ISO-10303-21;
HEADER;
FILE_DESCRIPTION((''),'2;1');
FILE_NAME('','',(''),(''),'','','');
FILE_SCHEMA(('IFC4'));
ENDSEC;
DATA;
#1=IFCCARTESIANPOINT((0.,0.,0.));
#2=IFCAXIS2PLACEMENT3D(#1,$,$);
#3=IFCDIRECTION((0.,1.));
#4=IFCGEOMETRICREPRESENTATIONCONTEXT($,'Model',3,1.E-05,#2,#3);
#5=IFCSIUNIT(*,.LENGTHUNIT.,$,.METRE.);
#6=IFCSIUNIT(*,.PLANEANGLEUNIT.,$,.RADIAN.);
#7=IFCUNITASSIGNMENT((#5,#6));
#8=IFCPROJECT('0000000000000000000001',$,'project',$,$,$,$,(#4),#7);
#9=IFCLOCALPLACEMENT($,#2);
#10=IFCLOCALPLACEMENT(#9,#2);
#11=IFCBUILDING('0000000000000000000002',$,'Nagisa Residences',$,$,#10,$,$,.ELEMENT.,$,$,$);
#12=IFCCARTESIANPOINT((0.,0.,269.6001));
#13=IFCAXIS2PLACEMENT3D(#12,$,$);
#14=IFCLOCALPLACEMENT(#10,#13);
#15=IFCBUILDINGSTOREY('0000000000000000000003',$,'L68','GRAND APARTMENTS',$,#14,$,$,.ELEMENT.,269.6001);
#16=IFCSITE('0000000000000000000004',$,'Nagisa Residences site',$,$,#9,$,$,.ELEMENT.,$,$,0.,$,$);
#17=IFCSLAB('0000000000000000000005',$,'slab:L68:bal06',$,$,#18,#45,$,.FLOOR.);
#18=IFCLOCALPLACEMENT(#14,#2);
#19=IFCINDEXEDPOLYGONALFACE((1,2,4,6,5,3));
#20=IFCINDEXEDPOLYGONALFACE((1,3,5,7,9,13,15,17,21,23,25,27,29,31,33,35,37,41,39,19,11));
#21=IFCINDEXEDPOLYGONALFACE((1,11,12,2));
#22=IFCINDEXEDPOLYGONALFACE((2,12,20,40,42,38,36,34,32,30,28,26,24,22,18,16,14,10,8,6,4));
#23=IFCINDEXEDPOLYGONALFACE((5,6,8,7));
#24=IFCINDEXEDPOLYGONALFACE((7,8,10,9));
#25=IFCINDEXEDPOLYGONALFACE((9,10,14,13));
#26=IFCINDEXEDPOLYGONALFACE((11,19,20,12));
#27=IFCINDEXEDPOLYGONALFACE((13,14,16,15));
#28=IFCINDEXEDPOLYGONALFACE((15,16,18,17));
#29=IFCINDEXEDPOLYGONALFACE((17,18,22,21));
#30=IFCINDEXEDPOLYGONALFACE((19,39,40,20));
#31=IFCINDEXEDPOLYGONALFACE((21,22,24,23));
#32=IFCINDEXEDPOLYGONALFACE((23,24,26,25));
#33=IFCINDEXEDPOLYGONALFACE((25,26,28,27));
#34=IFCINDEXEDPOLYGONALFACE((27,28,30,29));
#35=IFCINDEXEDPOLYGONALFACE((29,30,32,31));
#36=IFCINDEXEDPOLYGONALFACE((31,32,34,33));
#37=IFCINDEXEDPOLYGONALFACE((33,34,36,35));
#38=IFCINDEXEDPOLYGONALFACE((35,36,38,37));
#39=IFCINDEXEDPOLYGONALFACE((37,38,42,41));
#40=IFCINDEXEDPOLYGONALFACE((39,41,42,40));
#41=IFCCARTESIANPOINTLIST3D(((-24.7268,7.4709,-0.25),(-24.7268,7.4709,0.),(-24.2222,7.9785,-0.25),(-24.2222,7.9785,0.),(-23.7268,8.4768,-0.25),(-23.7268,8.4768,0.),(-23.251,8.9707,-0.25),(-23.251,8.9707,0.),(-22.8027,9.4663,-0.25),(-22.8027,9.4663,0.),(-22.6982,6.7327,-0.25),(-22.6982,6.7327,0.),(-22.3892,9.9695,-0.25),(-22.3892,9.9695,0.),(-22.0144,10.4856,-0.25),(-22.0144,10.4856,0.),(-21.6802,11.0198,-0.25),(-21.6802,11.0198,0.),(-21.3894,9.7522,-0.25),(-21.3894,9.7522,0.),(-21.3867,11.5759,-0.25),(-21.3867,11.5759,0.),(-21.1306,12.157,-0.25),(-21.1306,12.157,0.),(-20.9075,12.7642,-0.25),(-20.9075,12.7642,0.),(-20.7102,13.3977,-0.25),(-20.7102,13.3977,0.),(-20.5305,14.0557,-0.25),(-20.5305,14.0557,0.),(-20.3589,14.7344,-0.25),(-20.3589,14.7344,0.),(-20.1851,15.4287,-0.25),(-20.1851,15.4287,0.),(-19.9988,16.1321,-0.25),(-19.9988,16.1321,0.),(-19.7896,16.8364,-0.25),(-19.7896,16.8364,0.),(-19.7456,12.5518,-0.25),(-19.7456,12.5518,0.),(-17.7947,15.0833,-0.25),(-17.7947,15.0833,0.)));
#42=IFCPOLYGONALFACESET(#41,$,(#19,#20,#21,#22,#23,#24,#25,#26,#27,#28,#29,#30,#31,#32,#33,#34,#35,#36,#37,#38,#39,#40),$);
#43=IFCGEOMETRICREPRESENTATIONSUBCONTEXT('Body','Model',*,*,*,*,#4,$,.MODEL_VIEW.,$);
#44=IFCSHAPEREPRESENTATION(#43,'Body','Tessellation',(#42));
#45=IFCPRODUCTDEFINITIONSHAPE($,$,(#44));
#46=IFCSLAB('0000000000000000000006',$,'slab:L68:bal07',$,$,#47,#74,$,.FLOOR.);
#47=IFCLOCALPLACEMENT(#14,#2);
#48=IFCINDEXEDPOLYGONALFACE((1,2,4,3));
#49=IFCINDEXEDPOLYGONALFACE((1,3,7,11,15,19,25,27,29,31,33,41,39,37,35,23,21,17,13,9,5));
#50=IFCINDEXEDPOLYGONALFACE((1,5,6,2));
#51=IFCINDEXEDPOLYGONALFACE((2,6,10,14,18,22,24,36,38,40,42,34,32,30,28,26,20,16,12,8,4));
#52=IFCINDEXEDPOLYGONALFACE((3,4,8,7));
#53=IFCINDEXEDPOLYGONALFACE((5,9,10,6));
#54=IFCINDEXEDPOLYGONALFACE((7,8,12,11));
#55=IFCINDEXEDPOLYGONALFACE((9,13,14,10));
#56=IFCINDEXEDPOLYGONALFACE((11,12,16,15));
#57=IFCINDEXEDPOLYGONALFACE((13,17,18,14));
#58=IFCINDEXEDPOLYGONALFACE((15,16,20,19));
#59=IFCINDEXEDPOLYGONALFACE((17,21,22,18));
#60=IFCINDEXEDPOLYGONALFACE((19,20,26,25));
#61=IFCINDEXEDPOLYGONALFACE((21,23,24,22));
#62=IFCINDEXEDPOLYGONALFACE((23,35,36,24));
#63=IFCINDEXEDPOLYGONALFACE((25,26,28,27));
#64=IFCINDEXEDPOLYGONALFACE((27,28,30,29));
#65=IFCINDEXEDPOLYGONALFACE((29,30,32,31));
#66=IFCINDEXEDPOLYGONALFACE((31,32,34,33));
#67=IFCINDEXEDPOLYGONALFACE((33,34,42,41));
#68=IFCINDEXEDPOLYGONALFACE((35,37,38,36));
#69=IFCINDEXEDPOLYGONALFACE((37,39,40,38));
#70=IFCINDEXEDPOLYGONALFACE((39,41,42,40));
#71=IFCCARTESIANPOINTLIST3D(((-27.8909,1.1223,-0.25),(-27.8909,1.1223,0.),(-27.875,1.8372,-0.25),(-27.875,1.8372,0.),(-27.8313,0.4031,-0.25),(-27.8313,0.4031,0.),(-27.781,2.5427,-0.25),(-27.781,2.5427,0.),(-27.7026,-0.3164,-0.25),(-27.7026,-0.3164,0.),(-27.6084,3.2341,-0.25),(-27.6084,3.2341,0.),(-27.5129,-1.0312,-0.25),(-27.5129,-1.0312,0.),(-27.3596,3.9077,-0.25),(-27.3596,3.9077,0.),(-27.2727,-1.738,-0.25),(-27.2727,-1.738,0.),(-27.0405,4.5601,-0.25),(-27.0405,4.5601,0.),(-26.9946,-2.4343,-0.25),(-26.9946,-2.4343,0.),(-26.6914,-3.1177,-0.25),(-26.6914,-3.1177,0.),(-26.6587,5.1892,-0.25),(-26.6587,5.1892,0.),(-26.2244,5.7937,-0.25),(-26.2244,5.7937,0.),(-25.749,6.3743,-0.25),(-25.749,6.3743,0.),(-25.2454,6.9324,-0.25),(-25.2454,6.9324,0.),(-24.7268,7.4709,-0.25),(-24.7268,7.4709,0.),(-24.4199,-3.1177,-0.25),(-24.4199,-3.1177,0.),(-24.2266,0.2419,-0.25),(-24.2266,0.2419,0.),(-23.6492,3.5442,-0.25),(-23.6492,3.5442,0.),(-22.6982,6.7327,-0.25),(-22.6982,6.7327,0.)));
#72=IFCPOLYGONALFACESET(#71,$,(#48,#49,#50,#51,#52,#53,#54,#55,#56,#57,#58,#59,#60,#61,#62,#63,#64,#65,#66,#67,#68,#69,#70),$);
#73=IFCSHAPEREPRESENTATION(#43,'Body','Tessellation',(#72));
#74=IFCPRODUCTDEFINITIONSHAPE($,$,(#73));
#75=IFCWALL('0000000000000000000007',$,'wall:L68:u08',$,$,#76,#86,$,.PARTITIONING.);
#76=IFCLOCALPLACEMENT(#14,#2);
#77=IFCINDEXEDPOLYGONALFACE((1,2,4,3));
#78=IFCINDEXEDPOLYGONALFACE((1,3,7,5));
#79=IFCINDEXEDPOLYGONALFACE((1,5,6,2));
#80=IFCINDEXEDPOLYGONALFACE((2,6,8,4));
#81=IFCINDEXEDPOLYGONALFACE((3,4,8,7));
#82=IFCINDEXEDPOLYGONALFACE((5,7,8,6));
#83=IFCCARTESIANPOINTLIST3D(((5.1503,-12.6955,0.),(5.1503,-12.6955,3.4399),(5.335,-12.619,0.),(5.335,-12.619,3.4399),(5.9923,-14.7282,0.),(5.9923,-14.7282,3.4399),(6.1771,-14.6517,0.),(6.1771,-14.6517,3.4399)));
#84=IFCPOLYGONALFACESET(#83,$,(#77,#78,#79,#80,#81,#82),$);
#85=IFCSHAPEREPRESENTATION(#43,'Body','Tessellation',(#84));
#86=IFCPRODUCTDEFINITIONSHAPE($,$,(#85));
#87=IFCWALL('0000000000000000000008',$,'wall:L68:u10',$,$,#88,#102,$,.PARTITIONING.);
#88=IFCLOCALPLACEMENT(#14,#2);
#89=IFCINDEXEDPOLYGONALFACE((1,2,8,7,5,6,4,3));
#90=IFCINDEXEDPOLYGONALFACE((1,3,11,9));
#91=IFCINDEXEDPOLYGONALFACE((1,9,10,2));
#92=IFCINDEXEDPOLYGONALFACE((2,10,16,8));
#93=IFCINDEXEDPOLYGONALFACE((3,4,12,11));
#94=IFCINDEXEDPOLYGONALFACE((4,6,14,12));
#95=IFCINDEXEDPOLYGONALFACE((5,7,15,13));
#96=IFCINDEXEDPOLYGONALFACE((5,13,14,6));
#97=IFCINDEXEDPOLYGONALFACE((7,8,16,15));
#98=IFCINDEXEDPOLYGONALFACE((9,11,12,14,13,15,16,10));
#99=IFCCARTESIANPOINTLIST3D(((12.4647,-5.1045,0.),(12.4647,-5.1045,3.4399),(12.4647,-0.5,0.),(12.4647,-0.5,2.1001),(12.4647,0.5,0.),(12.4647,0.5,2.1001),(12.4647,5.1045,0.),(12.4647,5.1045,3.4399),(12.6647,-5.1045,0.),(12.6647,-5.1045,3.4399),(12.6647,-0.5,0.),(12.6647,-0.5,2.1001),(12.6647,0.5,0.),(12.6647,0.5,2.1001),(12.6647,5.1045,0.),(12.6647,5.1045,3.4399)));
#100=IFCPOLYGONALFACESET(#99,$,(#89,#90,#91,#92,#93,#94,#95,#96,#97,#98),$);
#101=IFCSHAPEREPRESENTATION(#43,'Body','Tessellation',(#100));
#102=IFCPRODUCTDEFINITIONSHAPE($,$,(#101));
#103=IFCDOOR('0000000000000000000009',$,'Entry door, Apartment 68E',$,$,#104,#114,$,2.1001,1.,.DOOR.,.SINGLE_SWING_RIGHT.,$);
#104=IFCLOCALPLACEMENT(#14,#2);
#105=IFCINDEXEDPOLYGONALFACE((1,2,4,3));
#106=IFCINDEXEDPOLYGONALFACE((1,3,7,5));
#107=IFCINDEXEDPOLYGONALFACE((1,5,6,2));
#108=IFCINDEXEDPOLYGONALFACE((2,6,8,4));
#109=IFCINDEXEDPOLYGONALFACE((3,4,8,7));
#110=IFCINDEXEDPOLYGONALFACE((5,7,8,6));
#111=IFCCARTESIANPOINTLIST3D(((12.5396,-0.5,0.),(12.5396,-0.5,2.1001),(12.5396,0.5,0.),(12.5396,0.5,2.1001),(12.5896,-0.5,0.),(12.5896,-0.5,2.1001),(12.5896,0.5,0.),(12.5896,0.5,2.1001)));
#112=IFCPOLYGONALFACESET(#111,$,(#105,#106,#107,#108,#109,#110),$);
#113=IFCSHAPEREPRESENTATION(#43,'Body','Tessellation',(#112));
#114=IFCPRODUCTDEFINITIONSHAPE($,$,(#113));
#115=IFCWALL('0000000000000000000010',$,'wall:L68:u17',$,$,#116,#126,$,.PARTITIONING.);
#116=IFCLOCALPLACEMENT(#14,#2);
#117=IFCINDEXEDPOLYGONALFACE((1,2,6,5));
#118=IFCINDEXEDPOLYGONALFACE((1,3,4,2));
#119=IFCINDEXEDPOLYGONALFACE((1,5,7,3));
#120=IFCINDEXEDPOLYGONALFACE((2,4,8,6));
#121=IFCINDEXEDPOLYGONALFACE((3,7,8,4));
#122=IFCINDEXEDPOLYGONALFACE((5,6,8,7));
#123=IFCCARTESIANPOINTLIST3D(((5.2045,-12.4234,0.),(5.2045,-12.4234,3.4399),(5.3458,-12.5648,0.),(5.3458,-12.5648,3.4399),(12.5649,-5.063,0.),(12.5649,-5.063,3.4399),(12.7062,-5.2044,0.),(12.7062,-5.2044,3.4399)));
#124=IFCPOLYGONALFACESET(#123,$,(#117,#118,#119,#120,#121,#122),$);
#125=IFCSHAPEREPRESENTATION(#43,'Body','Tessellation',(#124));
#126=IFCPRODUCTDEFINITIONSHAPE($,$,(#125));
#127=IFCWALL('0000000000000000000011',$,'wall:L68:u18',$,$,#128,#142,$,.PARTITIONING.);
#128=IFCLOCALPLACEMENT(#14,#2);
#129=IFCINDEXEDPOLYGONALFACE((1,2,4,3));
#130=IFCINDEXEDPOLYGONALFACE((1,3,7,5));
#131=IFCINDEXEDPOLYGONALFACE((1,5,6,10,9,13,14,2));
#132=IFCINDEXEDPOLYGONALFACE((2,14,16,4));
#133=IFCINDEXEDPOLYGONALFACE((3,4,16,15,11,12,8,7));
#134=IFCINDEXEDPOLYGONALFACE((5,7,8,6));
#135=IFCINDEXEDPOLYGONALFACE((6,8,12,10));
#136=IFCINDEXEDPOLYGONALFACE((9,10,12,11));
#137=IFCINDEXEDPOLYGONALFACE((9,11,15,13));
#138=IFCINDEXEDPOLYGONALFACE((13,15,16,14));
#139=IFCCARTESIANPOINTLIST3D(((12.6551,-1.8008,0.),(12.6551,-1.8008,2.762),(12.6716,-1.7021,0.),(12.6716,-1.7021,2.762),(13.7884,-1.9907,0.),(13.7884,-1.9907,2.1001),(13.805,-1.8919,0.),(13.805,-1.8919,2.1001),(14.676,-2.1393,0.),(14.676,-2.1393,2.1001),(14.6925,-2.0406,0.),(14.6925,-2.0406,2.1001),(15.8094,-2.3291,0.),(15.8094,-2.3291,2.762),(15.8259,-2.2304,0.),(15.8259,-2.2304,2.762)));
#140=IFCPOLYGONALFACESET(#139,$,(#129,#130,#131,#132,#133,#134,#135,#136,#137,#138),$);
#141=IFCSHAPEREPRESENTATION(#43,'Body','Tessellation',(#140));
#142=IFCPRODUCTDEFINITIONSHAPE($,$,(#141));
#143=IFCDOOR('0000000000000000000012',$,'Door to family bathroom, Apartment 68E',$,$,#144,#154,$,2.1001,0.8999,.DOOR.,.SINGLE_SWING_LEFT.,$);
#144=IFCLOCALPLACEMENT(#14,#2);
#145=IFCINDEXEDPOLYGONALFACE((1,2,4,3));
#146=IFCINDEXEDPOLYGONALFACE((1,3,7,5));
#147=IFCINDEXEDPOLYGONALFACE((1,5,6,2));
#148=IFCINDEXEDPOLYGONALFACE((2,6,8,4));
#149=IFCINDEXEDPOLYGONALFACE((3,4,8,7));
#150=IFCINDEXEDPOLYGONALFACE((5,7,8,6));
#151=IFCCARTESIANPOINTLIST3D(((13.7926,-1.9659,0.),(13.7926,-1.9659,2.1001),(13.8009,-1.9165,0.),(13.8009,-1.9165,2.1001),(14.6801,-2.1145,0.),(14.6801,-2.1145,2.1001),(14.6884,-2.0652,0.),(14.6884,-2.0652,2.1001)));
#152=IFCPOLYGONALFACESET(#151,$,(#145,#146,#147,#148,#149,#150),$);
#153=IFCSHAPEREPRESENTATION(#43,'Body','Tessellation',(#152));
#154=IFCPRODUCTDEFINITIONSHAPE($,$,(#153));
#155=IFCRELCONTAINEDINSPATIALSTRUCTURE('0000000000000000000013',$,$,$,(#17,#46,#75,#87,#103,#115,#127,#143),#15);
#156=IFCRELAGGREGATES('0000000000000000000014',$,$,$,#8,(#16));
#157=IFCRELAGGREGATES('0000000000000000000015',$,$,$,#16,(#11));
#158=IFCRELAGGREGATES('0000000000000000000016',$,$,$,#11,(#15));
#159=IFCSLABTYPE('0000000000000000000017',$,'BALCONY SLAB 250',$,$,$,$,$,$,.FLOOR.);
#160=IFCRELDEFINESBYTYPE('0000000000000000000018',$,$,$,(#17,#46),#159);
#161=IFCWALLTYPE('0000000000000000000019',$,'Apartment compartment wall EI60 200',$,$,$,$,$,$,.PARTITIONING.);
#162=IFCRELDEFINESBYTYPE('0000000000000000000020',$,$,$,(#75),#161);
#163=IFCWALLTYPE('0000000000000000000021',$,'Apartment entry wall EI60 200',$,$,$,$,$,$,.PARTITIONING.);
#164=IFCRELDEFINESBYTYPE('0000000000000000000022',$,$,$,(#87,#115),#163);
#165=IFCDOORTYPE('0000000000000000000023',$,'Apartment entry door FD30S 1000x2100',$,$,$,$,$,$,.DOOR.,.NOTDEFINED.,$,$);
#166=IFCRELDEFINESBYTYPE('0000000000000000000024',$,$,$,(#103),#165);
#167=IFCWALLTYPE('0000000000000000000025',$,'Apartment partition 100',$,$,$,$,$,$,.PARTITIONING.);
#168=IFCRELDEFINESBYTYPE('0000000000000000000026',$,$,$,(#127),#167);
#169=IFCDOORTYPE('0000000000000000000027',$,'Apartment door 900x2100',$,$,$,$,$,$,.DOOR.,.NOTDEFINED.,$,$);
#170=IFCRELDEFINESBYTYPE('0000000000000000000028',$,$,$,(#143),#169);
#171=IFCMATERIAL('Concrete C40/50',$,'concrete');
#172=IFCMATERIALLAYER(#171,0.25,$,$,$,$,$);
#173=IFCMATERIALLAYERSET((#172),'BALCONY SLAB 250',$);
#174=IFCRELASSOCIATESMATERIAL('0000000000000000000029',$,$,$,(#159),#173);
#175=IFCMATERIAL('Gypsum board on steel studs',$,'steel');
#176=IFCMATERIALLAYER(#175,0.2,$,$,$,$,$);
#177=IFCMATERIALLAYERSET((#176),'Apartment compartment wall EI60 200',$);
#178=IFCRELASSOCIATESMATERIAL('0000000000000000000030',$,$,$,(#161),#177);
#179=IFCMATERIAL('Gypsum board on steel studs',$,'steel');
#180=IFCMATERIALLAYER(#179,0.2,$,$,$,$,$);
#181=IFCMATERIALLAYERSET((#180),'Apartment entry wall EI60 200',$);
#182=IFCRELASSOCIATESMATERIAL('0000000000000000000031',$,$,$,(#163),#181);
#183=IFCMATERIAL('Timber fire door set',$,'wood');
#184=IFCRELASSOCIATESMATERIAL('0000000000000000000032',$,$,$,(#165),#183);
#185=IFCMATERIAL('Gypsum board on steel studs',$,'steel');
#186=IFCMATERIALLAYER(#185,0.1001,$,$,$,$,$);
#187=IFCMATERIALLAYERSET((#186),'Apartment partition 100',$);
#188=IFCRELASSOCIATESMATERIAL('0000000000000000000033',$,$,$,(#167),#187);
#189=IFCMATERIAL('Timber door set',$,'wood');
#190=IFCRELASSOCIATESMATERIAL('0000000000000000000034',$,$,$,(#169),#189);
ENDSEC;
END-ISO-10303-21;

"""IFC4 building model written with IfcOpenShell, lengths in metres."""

from ifc_helpers import new_model, si_unit, direction, frame, frame_2d, origin, place, context, subcontext, project, spatial, polyline, rectangle, outline, extrude, material, layer, layer_set, type_object, element, fill, save


model = new_model("IFC4")

# Units and contexts
model_context = context("Model", 3, precision=1e-05, world=origin(), true_north=direction((0.0, 1.0)))
body_context = subcontext(model_context, "Body", "Model", "MODEL_VIEW")
ifc_project = project(units=[si_unit("LENGTHUNIT", "METRE"), si_unit("PLANEANGLEUNIT", "RADIAN")], contexts=[model_context])

# Site, building, storey
site_placement = place(None, origin())
site = spatial("IfcSite", under=ifc_project, at=site_placement, Name="Nagisa Residences site", CompositionType="ELEMENT", RefElevation=0.0)
building_placement = place(site_placement, origin())
building = spatial("IfcBuilding", under=site, at=building_placement, Name="Nagisa Residences", CompositionType="ELEMENT")
storey_placement = place(building_placement, frame((0.0, 0.0, 269.6001)))
storey = spatial("IfcBuildingStorey", under=building, at=storey_placement, Name="L68", Description="GRAND APARTMENTS", CompositionType="ELEMENT", Elevation=269.6001)

# Slabs
ifc_material_1 = material(Name="Concrete C40/50", Category="concrete")
ifc_layer_1 = layer(ifc_material_1, 0.25)
ifc_layer_set_1 = layer_set([ifc_layer_1], Name="BALCONY SLAB 250")
slab_type = type_object("IfcSlabType", Name="BALCONY SLAB 250", PredefinedType="FLOOR", material=ifc_layer_set_1)
slab_1_placement = place(storey_placement, frame((0.0, 0.0, -0.25)))
element("IfcSlab", 1, at=slab_1_placement, inside=storey, type_object=slab_type, Name="slab:L68:bal06", PredefinedType="FLOOR", context=body_context, shape_type="SweptSolid", body=[
    extrude(outline(polyline([(-19.7896, 16.8364), (-19.9988, 16.1321), (-20.1851, 15.4287), (-20.3589, 14.7344), (-20.5305, 14.0557), (-20.7102, 13.3977), (-20.9075, 12.7642), (-21.1306, 12.157), (-21.3867, 11.5759), (-21.6802, 11.0198), (-22.0144, 10.4856), (-22.3892, 9.9695), (-22.8027, 9.4663), (-23.251, 8.9707), (-23.7268, 8.4768), (-24.2222, 7.9785), (-24.7268, 7.4709), (-22.6982, 6.7327), (-21.3894, 9.7522), (-19.7456, 12.5518), (-17.7947, 15.0833), (-19.7896, 16.8364)])), origin(), (0.0, 0.0, 1.0), 0.25),
])
slab_2_placement = place(storey_placement, frame((0.0, 0.0, -0.25)))
element("IfcSlab", 2, at=slab_2_placement, inside=storey, type_object=slab_type, Name="slab:L68:bal07", PredefinedType="FLOOR", context=body_context, shape_type="SweptSolid", body=[
    extrude(outline(polyline([(-24.7268, 7.4709), (-25.2454, 6.9324), (-25.749, 6.3743), (-26.2244, 5.7937), (-26.6587, 5.1892), (-27.0405, 4.5601), (-27.3596, 3.9077), (-27.6084, 3.2341), (-27.781, 2.5427), (-27.875, 1.8372), (-27.8909, 1.1223), (-27.8313, 0.4031), (-27.7026, -0.3164), (-27.5129, -1.0312), (-27.2727, -1.738), (-26.9946, -2.4343), (-26.6914, -3.1177), (-24.4199, -3.1177), (-24.2266, 0.2419), (-23.6492, 3.5442), (-22.6982, 6.7327), (-24.7268, 7.4709)])), origin(), (0.0, 0.0, 1.0), 0.25),
])

# Wall
ifc_material_2 = material(Name="Gypsum board on steel studs", Category="steel")
ifc_layer_2 = layer(ifc_material_2, 0.2)
ifc_layer_set_2 = layer_set([ifc_layer_2], Name="Apartment compartment wall EI60 200")
wall_type_1 = type_object("IfcWallType", Name="Apartment compartment wall EI60 200", PredefinedType="PARTITIONING", material=ifc_layer_set_2)
wall_1_placement = place(storey_placement, frame((5.2427, -12.6572, 0.0), z_axis=(0.0, 0.0, 1.0), x_axis=(0.382708, -0.923869, 0.0)))
element("IfcWall", 3, at=wall_1_placement, inside=storey, type_object=wall_type_1, Name="wall:L68:u08", PredefinedType="PARTITIONING", context=body_context, shape_type="SweptSolid", body=[
    extrude(rectangle(XDim=2.2002, YDim=0.2, at=frame_2d((1.1001, 0.0))), origin(), (0.0, 0.0, 1.0), 3.4399),
])

# Wall, opening, door
ifc_material_3 = material(Name="Gypsum board on steel studs", Category="steel")
ifc_layer_3 = layer(ifc_material_3, 0.2)
ifc_layer_set_3 = layer_set([ifc_layer_3], Name="Apartment entry wall EI60 200")
wall_type_2 = type_object("IfcWallType", Name="Apartment entry wall EI60 200", PredefinedType="PARTITIONING", material=ifc_layer_set_3)
wall_2_placement = place(storey_placement, frame((12.5647, -5.1045, 0.0), z_axis=(0.0, 0.0, 1.0), x_axis=(0.0, 1.0, 0.0)))
wall_2 = element("IfcWall", 4, at=wall_2_placement, inside=storey, type_object=wall_type_2, Name="wall:L68:u10", PredefinedType="PARTITIONING", context=body_context, shape_type="SweptSolid", body=[
    extrude(rectangle(XDim=10.209, YDim=0.2, at=frame_2d((5.1045, 0.0))), origin(), (0.0, 0.0, 1.0), 3.4399),
])
opening_1_placement = place(wall_2_placement, frame((4.6045, 0.0, 0.0)))
opening_1 = element("IfcOpeningElement", 5, at=opening_1_placement, cuts=wall_2, PredefinedType="OPENING", context=body_context, shape_type="SweptSolid", body=[
    extrude(rectangle(XDim=1.0, YDim=2.1001, at=frame_2d((0.5, 1.05))), frame((0.0, 0.1099, 0.0), z_axis=(0.0, -1.0, 0.0), x_axis=(1.0, 0.0, 0.0)), (0.0, 0.0, 1.0), 0.22),
])
ifc_material_4 = material(Name="Timber fire door set", Category="wood")
door_type_1 = type_object("IfcDoorType", Name="Apartment entry door FD30S 1000x2100", OperationType="NOTDEFINED", PredefinedType="DOOR", material=ifc_material_4)
door_1_placement = place(opening_1_placement, frame((1.0, 0.0, 0.0), x_axis=(-1.0, 0.0, 0.0)))
door_1 = element("IfcDoor", 6, at=door_1_placement, inside=storey, type_object=door_type_1, Name="Entry door, Apartment 68E", OperationType="SINGLE_SWING_RIGHT", OverallHeight=2.1001, OverallWidth=1.0, PredefinedType="DOOR", context=body_context, shape_type="SweptSolid", body=[
    extrude(rectangle(XDim=1.0, YDim=2.1001, at=frame_2d((0.5, 1.05))), frame((0.0, 0.0249, 0.0), z_axis=(0.0, -1.0, 0.0), x_axis=(1.0, 0.0, 0.0)), (0.0, 0.0, 1.0), 0.05),
])
fill(opening_1, door_1)

# Wall
wall_3_placement = place(storey_placement, frame((5.2751, -12.4941, 0.0), z_axis=(0.0, 0.0, 1.0), x_axis=(0.707107, 0.707107, 0.0)))
element("IfcWall", 7, at=wall_3_placement, inside=storey, type_object=wall_type_2, Name="wall:L68:u17", PredefinedType="PARTITIONING", context=body_context, shape_type="SweptSolid", body=[
    extrude(rectangle(XDim=10.4092, YDim=0.2, at=frame_2d((5.2046, 0.0))), origin(), (0.0, 0.0, 1.0), 3.4399),
])

# Wall, opening, door
ifc_material_5 = material(Name="Gypsum board on steel studs", Category="steel")
ifc_layer_4 = layer(ifc_material_5, 0.1001)
ifc_layer_set_4 = layer_set([ifc_layer_4], Name="Apartment partition 100")
wall_type_3 = type_object("IfcWallType", Name="Apartment partition 100", PredefinedType="PARTITIONING", material=ifc_layer_set_4)
wall_4_placement = place(storey_placement, frame((12.6633, -1.7515, 0.0), z_axis=(0.0, 0.0, 1.0), x_axis=(0.986262, -0.165191, 0.0)))
wall_4 = element("IfcWall", 8, at=wall_4_placement, inside=storey, type_object=wall_type_3, Name="wall:L68:u18", PredefinedType="PARTITIONING", context=body_context, shape_type="SweptSolid", body=[
    extrude(rectangle(XDim=3.1982, YDim=0.1001, at=frame_2d((1.5991, 0.0))), origin(), (0.0, 0.0, 1.0), 2.762),
])
opening_2_placement = place(wall_4_placement, frame((1.1492, 0.0, 0.0)))
opening_2 = element("IfcOpeningElement", 9, at=opening_2_placement, cuts=wall_4, PredefinedType="OPENING", context=body_context, shape_type="SweptSolid", body=[
    extrude(rectangle(XDim=0.8999, YDim=2.1001, at=frame_2d((0.45, 1.05))), frame((0.0, 0.0601, 0.0), z_axis=(0.0, -1.0, 0.0), x_axis=(1.0, 0.0, 0.0)), (0.0, 0.0, 1.0), 0.1201),
])
ifc_material_6 = material(Name="Timber door set", Category="wood")
door_type_2 = type_object("IfcDoorType", Name="Apartment door 900x2100", OperationType="NOTDEFINED", PredefinedType="DOOR", material=ifc_material_6)
door_2_placement = place(opening_2_placement, frame((0.8999, 0.0, 0.0), x_axis=(-1.0, 0.0, 0.0)))
door_2 = element("IfcDoor", 10, at=door_2_placement, inside=storey, type_object=door_type_2, Name="Door to family bathroom, Apartment 68E", OperationType="SINGLE_SWING_LEFT", OverallHeight=2.1001, OverallWidth=0.8999, PredefinedType="DOOR", context=body_context, shape_type="SweptSolid", body=[
    extrude(rectangle(XDim=0.8999, YDim=2.1001, at=frame_2d((0.45, 1.05))), frame((0.0, 0.0249, 0.0), z_axis=(0.0, -1.0, 0.0), x_axis=(1.0, 0.0, 0.0)), (0.0, 0.0, 1.0), 0.05),
])
fill(opening_2, door_2)

save(model, "model.ifc")
